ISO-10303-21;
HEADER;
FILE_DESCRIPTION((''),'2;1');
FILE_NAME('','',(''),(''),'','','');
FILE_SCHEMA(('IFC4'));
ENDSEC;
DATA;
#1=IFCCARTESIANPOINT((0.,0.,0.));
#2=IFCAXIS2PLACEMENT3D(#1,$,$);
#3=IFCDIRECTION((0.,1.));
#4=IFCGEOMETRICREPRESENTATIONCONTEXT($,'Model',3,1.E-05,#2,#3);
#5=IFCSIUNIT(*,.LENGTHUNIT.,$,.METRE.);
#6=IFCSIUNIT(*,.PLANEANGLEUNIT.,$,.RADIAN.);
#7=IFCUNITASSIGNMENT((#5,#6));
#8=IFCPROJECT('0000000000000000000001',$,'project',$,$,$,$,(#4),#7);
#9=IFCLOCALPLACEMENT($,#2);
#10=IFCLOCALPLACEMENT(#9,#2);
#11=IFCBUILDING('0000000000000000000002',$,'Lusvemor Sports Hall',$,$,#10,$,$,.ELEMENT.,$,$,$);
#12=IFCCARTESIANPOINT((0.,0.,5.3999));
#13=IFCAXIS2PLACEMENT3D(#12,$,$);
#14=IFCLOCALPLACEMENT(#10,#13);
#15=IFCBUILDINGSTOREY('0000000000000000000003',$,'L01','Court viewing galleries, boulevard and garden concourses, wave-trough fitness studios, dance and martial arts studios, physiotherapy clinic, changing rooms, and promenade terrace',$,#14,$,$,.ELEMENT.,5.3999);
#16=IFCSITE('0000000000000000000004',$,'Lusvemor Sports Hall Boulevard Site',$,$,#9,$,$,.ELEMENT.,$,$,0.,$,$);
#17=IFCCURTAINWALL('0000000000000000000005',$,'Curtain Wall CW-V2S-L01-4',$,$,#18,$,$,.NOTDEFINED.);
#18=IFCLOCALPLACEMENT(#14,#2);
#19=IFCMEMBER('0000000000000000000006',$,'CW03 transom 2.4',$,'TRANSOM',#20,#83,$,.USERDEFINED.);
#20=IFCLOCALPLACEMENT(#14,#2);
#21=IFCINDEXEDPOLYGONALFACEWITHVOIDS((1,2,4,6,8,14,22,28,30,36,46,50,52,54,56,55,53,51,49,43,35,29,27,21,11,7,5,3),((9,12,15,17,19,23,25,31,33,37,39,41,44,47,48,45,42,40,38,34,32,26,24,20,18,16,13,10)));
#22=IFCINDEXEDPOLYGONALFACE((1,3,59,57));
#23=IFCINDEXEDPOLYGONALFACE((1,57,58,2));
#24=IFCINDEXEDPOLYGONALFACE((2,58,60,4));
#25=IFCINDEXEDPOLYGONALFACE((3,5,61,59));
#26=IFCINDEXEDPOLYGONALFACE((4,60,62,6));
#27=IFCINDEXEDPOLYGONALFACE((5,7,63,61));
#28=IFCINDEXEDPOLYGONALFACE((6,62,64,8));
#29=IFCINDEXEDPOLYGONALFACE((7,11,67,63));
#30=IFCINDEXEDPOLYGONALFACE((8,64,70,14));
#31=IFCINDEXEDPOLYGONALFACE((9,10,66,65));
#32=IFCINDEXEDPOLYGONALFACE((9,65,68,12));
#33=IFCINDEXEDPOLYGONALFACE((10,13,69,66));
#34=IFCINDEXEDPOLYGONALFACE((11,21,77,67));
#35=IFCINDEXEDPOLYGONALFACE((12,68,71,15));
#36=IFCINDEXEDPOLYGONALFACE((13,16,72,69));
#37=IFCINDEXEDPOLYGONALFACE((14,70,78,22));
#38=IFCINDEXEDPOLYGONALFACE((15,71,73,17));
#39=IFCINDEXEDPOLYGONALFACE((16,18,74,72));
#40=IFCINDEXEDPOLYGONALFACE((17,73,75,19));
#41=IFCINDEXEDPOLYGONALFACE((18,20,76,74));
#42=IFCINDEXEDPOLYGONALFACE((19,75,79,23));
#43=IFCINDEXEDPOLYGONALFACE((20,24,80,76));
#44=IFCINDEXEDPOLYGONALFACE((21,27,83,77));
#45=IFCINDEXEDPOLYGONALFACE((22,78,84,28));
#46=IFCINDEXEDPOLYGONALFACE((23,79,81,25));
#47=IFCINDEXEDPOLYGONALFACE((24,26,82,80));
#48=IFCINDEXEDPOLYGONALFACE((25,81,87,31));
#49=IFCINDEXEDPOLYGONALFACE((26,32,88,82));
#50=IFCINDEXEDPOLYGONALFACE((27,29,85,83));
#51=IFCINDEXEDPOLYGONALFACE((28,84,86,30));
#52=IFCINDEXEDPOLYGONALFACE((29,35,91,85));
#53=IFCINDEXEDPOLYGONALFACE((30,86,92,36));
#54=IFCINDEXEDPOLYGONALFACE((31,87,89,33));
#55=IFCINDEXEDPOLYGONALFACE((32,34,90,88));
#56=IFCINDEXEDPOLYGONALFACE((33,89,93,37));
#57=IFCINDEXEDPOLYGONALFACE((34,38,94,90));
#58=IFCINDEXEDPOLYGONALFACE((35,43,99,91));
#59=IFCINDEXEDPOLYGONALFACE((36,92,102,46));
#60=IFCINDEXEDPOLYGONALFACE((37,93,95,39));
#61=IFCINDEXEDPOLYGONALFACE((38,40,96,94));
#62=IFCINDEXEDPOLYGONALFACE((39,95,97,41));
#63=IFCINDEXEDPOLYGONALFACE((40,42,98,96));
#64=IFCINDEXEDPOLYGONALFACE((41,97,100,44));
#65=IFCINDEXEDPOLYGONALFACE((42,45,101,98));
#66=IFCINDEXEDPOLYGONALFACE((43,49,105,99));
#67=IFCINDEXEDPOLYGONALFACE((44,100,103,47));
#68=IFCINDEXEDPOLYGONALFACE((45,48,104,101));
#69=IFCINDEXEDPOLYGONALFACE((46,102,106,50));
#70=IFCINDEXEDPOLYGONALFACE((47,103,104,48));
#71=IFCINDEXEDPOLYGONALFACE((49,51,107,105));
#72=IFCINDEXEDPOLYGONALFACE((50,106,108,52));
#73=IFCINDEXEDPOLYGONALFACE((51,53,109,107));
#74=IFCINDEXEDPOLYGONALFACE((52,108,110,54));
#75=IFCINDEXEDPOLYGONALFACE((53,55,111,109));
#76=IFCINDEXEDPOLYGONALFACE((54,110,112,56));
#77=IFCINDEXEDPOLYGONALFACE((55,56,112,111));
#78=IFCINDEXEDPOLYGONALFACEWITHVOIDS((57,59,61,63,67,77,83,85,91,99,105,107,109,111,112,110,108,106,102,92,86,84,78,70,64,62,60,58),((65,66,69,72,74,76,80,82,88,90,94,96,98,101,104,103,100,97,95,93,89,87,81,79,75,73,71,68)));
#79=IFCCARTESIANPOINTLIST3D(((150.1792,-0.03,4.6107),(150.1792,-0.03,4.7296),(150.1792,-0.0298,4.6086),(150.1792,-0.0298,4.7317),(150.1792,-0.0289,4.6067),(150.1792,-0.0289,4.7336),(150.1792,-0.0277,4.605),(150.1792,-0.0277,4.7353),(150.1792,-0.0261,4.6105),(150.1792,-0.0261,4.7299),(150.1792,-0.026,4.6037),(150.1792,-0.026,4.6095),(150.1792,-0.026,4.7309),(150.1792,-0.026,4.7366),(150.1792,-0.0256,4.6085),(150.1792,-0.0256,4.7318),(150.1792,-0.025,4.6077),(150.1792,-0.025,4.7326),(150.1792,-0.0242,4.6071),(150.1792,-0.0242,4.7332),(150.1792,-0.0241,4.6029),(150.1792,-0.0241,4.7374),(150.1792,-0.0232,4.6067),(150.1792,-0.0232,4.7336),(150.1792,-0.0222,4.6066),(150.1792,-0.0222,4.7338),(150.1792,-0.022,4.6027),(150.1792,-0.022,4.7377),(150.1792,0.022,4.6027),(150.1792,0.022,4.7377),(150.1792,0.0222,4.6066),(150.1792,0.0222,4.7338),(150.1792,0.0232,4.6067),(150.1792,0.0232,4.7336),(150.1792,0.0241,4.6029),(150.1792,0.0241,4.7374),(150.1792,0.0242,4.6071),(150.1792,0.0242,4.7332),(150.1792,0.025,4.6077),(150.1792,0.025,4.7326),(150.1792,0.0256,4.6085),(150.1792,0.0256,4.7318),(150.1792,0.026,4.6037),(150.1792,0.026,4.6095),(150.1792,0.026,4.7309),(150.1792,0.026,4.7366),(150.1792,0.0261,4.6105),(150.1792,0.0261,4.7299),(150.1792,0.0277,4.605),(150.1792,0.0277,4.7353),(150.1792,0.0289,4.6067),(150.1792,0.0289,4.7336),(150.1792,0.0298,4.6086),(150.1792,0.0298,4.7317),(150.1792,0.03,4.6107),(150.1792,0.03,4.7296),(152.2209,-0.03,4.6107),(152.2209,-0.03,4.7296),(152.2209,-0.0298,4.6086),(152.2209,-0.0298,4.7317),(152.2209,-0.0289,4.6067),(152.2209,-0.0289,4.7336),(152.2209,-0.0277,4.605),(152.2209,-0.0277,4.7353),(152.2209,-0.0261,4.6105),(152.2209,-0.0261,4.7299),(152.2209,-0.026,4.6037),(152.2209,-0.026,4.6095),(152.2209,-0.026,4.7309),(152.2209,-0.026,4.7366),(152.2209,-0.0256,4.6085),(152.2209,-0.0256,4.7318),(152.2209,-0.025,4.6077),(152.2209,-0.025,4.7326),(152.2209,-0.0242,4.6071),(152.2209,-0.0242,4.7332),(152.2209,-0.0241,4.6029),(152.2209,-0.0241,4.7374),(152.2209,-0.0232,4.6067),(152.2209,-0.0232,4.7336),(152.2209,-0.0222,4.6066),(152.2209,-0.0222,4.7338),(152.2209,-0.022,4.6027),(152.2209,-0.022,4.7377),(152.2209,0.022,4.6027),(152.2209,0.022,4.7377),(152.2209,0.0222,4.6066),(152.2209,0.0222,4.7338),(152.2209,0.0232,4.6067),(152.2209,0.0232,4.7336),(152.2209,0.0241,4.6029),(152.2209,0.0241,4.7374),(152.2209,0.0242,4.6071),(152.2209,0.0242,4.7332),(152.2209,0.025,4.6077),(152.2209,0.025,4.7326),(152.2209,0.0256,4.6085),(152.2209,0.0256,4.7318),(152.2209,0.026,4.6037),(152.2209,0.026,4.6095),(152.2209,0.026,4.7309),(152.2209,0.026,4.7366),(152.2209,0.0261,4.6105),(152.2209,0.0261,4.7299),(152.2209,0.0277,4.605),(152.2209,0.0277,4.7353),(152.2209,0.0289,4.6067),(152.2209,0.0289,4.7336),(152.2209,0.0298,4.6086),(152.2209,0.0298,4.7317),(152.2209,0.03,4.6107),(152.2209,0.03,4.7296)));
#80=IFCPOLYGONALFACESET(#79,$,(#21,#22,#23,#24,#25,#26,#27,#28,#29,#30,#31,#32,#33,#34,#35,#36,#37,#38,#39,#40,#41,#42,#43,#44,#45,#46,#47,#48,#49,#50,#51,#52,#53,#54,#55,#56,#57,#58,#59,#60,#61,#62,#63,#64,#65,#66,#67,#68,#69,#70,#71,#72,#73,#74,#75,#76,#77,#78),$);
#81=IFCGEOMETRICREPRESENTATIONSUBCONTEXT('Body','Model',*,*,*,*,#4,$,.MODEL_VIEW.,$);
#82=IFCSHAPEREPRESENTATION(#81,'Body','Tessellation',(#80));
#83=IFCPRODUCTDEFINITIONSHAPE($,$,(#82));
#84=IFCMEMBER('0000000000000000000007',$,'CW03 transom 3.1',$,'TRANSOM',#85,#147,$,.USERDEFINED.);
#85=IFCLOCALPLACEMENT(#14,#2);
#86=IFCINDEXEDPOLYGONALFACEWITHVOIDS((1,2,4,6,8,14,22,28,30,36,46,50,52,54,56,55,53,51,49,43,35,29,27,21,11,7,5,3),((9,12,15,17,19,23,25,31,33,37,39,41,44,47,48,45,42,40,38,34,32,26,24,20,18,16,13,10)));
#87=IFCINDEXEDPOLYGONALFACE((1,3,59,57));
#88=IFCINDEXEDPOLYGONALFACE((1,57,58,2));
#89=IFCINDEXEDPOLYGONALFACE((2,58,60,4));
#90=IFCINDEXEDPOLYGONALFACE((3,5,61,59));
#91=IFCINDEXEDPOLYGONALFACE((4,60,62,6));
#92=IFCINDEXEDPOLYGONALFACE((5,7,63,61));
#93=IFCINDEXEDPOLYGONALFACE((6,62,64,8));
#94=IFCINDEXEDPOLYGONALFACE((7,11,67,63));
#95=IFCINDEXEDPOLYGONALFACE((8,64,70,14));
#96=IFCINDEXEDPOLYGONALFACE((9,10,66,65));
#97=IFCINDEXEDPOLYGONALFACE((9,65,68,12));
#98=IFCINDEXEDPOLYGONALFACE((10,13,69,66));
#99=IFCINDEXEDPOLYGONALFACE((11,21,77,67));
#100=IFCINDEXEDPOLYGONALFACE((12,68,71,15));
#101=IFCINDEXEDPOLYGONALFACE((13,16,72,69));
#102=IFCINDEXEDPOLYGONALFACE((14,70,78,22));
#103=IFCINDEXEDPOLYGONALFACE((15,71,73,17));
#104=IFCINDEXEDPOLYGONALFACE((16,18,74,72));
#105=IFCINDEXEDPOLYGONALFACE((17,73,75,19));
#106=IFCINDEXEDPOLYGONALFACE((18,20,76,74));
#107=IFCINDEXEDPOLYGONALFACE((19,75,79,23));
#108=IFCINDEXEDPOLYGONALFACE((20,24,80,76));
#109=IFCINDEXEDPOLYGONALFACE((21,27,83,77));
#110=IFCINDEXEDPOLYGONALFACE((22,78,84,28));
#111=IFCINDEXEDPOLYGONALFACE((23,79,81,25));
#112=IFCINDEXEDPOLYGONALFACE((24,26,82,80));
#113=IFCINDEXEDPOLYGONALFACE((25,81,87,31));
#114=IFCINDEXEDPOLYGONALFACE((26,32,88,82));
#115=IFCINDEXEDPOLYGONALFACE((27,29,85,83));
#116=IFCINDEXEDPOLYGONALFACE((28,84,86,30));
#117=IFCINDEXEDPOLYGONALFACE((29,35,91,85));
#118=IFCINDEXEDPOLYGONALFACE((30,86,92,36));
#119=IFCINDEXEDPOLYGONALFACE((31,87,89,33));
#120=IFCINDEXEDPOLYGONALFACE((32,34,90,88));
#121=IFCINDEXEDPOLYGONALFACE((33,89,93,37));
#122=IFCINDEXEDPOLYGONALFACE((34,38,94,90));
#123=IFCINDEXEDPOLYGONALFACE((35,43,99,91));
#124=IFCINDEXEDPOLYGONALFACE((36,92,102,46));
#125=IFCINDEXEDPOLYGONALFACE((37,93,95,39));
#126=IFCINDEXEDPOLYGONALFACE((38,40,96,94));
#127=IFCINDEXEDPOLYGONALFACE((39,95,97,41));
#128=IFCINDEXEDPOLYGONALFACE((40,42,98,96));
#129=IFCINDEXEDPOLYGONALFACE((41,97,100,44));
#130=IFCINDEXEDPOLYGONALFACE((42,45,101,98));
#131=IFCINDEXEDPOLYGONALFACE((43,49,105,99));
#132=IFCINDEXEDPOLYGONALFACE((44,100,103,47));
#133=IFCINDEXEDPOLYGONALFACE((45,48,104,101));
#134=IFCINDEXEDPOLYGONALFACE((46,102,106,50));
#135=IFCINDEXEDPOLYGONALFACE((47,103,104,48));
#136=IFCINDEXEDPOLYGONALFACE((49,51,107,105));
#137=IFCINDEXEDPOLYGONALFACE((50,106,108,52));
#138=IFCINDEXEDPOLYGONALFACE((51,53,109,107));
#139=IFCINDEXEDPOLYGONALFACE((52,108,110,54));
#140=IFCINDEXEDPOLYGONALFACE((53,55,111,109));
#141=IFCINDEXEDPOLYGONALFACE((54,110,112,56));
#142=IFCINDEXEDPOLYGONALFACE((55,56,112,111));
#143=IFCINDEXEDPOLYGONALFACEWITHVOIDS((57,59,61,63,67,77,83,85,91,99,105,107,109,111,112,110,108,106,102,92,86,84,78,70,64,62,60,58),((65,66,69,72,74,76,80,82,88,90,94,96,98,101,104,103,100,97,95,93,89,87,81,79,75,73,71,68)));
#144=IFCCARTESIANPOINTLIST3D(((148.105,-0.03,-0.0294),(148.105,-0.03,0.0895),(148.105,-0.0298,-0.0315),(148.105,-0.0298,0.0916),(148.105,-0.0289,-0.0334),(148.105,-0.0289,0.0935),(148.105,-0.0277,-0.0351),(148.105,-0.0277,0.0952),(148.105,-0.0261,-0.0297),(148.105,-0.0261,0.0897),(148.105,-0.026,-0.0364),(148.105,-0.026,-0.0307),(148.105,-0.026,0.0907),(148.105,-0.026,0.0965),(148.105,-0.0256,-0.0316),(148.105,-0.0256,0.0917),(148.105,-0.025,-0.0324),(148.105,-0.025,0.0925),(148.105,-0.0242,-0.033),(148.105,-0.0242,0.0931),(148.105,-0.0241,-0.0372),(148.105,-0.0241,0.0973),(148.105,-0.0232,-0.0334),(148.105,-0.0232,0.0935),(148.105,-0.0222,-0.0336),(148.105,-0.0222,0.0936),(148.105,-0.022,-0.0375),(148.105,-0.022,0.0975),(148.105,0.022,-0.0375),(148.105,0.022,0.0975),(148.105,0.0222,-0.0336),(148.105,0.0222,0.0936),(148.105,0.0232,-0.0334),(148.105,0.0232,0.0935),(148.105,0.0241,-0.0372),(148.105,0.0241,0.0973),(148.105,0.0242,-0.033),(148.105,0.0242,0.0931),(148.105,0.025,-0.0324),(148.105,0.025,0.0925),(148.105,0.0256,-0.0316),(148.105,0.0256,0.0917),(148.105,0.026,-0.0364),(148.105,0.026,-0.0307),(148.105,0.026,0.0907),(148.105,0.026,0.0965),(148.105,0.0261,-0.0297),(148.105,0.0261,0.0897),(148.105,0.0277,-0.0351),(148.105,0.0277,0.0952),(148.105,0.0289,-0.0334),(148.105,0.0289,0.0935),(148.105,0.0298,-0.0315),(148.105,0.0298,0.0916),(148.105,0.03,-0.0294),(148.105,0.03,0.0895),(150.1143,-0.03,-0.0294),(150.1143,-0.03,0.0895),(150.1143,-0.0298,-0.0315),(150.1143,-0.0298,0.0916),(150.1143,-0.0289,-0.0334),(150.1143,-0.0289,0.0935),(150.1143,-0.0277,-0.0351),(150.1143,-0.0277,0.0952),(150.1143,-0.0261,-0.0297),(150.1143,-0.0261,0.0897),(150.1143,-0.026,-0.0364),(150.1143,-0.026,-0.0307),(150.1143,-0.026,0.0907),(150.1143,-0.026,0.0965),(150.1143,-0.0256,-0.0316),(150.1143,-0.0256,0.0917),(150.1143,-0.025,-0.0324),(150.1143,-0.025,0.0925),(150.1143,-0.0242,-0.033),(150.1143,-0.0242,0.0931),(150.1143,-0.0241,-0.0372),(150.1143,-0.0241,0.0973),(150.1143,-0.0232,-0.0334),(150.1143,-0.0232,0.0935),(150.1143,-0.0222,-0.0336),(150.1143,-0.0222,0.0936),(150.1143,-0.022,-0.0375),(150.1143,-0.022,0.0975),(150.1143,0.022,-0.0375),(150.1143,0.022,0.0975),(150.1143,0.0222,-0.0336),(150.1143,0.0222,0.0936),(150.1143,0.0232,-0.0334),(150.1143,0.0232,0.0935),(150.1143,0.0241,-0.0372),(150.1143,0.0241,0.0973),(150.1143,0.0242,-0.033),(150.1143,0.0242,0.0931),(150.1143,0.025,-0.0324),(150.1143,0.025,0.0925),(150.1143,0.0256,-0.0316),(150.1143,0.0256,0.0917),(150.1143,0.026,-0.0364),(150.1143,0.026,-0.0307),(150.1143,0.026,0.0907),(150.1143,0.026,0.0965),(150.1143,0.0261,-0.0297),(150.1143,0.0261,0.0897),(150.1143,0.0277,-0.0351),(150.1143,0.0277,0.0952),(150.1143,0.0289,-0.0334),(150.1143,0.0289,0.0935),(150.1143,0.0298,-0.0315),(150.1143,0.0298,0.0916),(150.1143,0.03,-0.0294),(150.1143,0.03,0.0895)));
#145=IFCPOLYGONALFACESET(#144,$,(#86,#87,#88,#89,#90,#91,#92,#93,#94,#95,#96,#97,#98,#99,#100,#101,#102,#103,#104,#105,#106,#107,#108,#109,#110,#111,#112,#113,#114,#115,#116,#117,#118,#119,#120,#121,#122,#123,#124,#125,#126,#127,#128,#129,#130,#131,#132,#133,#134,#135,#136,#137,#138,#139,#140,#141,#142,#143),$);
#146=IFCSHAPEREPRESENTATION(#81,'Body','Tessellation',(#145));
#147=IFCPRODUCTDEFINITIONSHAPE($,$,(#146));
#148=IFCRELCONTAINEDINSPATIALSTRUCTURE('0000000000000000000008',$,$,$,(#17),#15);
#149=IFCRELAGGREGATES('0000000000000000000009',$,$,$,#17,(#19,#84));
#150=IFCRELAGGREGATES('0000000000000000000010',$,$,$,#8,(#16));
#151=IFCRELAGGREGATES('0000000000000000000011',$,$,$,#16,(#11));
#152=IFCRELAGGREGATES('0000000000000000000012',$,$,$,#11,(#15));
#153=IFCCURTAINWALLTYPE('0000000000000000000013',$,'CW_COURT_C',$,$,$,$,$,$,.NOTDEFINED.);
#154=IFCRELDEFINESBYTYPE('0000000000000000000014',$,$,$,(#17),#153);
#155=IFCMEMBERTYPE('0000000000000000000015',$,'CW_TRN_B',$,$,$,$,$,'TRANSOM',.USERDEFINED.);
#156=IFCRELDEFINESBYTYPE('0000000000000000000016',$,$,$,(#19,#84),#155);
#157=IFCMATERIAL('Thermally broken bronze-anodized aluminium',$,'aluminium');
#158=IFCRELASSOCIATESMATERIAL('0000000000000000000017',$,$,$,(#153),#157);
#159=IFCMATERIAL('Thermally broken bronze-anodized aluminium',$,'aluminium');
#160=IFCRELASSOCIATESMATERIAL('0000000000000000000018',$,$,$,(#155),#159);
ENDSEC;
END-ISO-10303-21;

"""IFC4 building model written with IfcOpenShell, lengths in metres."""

from ifc_helpers import new_model, si_unit, direction, frame, origin, origin_2d, place, context, subcontext, project, spatial, hollow_rectangle, extrude, material, material_profile, profile_set, type_object, element, aggregate, save


model = new_model("IFC4")

# Units and contexts
model_context = context("Model", 3, precision=1e-05, world=origin(), true_north=direction((0.0, 1.0)))
body_context = subcontext(model_context, "Body", "Model", "MODEL_VIEW")
ifc_project = project(units=[si_unit("LENGTHUNIT", "METRE"), si_unit("PLANEANGLEUNIT", "RADIAN")], contexts=[model_context])

# Site, building, storey
site_placement = place(None, origin())
site = spatial("IfcSite", under=ifc_project, at=site_placement, Name="Lusvemor Sports Hall Boulevard Site", CompositionType="ELEMENT", RefElevation=0.0)
building_placement = place(site_placement, origin())
building = spatial("IfcBuilding", under=site, at=building_placement, Name="Lusvemor Sports Hall", CompositionType="ELEMENT")
storey_placement = place(building_placement, frame((0.0, 0.0, 5.3999)))
storey = spatial("IfcBuildingStorey", under=building, at=storey_placement, Name="L01", Description="Court viewing galleries, boulevard and garden concourses, wave-trough fitness studios, dance and martial arts studios, physiotherapy clinic, changing rooms, and promenade terrace", CompositionType="ELEMENT", Elevation=5.3999)

# Shared definitions
ifc_material_1 = material(Name="Thermally broken bronze-anodized aluminium", Category="aluminium")
curtain_wall_type = type_object("IfcCurtainWallType", Name="CW_COURT_C", PredefinedType="NOTDEFINED", material=ifc_material_1)

# Curtain wall
curtain_wall_1_placement = place(storey_placement, origin())
curtain_wall_1 = element("IfcCurtainWall", 1, at=curtain_wall_1_placement, inside=storey, type_object=curtain_wall_type, Name="Curtain Wall CW-V2S-L01-4", PredefinedType="NOTDEFINED")

# Members
ifc_material_2 = material(Name="Thermally broken bronze-anodized aluminium", Category="aluminium")
ifc_material_profile_1 = material_profile(ifc_material_2, hollow_rectangle(XDim=0.0601, YDim=0.135, WallThickness=0.0039, InnerFilletRadius=0.0039, OuterFilletRadius=0.0081, at=origin_2d()), Name="CWTRN135x60x4")
ifc_profile_set_1 = profile_set([ifc_material_profile_1], Name="Thermally broken bronze-anodized aluminium")
member_type_1 = type_object("IfcMemberType", Name="CW_TRN_B", ElementType="TRANSOM", PredefinedType="USERDEFINED", material=ifc_profile_set_1)
member_1_placement = place(storey_placement, frame((152.2209, 0.0, 4.6702), z_axis=(-1.0, 0.0, 0.0), x_axis=(0.0, -1.0, 0.0)))
member_1 = element("IfcMember", 2, at=member_1_placement, type_object=member_type_1, Name="CW03 transom 2.4", ObjectType="TRANSOM", PredefinedType="USERDEFINED", context=body_context, shape_type="SweptSolid", body=[
    extrude(hollow_rectangle(XDim=0.0601, YDim=0.135, WallThickness=0.0039, InnerFilletRadius=0.0039, OuterFilletRadius=0.0081, at=origin_2d()), origin(), (0.0, 0.0, 1.0), 2.0417),
])
member_2_placement = place(storey_placement, frame((150.1143, 0.0, 0.03), z_axis=(-1.0, 0.0, 0.0), x_axis=(0.0, -1.0, 0.0)))
member_2 = element("IfcMember", 3, at=member_2_placement, type_object=member_type_1, Name="CW03 transom 3.1", ObjectType="TRANSOM", PredefinedType="USERDEFINED", context=body_context, shape_type="SweptSolid", body=[
    extrude(hollow_rectangle(XDim=0.0601, YDim=0.135, WallThickness=0.0039, InnerFilletRadius=0.0039, OuterFilletRadius=0.0081, at=origin_2d()), origin(), (0.0, 0.0, 1.0), 2.0093),
])

aggregate(curtain_wall_1, [member_1, member_2])

save(model, "model.ifc")
